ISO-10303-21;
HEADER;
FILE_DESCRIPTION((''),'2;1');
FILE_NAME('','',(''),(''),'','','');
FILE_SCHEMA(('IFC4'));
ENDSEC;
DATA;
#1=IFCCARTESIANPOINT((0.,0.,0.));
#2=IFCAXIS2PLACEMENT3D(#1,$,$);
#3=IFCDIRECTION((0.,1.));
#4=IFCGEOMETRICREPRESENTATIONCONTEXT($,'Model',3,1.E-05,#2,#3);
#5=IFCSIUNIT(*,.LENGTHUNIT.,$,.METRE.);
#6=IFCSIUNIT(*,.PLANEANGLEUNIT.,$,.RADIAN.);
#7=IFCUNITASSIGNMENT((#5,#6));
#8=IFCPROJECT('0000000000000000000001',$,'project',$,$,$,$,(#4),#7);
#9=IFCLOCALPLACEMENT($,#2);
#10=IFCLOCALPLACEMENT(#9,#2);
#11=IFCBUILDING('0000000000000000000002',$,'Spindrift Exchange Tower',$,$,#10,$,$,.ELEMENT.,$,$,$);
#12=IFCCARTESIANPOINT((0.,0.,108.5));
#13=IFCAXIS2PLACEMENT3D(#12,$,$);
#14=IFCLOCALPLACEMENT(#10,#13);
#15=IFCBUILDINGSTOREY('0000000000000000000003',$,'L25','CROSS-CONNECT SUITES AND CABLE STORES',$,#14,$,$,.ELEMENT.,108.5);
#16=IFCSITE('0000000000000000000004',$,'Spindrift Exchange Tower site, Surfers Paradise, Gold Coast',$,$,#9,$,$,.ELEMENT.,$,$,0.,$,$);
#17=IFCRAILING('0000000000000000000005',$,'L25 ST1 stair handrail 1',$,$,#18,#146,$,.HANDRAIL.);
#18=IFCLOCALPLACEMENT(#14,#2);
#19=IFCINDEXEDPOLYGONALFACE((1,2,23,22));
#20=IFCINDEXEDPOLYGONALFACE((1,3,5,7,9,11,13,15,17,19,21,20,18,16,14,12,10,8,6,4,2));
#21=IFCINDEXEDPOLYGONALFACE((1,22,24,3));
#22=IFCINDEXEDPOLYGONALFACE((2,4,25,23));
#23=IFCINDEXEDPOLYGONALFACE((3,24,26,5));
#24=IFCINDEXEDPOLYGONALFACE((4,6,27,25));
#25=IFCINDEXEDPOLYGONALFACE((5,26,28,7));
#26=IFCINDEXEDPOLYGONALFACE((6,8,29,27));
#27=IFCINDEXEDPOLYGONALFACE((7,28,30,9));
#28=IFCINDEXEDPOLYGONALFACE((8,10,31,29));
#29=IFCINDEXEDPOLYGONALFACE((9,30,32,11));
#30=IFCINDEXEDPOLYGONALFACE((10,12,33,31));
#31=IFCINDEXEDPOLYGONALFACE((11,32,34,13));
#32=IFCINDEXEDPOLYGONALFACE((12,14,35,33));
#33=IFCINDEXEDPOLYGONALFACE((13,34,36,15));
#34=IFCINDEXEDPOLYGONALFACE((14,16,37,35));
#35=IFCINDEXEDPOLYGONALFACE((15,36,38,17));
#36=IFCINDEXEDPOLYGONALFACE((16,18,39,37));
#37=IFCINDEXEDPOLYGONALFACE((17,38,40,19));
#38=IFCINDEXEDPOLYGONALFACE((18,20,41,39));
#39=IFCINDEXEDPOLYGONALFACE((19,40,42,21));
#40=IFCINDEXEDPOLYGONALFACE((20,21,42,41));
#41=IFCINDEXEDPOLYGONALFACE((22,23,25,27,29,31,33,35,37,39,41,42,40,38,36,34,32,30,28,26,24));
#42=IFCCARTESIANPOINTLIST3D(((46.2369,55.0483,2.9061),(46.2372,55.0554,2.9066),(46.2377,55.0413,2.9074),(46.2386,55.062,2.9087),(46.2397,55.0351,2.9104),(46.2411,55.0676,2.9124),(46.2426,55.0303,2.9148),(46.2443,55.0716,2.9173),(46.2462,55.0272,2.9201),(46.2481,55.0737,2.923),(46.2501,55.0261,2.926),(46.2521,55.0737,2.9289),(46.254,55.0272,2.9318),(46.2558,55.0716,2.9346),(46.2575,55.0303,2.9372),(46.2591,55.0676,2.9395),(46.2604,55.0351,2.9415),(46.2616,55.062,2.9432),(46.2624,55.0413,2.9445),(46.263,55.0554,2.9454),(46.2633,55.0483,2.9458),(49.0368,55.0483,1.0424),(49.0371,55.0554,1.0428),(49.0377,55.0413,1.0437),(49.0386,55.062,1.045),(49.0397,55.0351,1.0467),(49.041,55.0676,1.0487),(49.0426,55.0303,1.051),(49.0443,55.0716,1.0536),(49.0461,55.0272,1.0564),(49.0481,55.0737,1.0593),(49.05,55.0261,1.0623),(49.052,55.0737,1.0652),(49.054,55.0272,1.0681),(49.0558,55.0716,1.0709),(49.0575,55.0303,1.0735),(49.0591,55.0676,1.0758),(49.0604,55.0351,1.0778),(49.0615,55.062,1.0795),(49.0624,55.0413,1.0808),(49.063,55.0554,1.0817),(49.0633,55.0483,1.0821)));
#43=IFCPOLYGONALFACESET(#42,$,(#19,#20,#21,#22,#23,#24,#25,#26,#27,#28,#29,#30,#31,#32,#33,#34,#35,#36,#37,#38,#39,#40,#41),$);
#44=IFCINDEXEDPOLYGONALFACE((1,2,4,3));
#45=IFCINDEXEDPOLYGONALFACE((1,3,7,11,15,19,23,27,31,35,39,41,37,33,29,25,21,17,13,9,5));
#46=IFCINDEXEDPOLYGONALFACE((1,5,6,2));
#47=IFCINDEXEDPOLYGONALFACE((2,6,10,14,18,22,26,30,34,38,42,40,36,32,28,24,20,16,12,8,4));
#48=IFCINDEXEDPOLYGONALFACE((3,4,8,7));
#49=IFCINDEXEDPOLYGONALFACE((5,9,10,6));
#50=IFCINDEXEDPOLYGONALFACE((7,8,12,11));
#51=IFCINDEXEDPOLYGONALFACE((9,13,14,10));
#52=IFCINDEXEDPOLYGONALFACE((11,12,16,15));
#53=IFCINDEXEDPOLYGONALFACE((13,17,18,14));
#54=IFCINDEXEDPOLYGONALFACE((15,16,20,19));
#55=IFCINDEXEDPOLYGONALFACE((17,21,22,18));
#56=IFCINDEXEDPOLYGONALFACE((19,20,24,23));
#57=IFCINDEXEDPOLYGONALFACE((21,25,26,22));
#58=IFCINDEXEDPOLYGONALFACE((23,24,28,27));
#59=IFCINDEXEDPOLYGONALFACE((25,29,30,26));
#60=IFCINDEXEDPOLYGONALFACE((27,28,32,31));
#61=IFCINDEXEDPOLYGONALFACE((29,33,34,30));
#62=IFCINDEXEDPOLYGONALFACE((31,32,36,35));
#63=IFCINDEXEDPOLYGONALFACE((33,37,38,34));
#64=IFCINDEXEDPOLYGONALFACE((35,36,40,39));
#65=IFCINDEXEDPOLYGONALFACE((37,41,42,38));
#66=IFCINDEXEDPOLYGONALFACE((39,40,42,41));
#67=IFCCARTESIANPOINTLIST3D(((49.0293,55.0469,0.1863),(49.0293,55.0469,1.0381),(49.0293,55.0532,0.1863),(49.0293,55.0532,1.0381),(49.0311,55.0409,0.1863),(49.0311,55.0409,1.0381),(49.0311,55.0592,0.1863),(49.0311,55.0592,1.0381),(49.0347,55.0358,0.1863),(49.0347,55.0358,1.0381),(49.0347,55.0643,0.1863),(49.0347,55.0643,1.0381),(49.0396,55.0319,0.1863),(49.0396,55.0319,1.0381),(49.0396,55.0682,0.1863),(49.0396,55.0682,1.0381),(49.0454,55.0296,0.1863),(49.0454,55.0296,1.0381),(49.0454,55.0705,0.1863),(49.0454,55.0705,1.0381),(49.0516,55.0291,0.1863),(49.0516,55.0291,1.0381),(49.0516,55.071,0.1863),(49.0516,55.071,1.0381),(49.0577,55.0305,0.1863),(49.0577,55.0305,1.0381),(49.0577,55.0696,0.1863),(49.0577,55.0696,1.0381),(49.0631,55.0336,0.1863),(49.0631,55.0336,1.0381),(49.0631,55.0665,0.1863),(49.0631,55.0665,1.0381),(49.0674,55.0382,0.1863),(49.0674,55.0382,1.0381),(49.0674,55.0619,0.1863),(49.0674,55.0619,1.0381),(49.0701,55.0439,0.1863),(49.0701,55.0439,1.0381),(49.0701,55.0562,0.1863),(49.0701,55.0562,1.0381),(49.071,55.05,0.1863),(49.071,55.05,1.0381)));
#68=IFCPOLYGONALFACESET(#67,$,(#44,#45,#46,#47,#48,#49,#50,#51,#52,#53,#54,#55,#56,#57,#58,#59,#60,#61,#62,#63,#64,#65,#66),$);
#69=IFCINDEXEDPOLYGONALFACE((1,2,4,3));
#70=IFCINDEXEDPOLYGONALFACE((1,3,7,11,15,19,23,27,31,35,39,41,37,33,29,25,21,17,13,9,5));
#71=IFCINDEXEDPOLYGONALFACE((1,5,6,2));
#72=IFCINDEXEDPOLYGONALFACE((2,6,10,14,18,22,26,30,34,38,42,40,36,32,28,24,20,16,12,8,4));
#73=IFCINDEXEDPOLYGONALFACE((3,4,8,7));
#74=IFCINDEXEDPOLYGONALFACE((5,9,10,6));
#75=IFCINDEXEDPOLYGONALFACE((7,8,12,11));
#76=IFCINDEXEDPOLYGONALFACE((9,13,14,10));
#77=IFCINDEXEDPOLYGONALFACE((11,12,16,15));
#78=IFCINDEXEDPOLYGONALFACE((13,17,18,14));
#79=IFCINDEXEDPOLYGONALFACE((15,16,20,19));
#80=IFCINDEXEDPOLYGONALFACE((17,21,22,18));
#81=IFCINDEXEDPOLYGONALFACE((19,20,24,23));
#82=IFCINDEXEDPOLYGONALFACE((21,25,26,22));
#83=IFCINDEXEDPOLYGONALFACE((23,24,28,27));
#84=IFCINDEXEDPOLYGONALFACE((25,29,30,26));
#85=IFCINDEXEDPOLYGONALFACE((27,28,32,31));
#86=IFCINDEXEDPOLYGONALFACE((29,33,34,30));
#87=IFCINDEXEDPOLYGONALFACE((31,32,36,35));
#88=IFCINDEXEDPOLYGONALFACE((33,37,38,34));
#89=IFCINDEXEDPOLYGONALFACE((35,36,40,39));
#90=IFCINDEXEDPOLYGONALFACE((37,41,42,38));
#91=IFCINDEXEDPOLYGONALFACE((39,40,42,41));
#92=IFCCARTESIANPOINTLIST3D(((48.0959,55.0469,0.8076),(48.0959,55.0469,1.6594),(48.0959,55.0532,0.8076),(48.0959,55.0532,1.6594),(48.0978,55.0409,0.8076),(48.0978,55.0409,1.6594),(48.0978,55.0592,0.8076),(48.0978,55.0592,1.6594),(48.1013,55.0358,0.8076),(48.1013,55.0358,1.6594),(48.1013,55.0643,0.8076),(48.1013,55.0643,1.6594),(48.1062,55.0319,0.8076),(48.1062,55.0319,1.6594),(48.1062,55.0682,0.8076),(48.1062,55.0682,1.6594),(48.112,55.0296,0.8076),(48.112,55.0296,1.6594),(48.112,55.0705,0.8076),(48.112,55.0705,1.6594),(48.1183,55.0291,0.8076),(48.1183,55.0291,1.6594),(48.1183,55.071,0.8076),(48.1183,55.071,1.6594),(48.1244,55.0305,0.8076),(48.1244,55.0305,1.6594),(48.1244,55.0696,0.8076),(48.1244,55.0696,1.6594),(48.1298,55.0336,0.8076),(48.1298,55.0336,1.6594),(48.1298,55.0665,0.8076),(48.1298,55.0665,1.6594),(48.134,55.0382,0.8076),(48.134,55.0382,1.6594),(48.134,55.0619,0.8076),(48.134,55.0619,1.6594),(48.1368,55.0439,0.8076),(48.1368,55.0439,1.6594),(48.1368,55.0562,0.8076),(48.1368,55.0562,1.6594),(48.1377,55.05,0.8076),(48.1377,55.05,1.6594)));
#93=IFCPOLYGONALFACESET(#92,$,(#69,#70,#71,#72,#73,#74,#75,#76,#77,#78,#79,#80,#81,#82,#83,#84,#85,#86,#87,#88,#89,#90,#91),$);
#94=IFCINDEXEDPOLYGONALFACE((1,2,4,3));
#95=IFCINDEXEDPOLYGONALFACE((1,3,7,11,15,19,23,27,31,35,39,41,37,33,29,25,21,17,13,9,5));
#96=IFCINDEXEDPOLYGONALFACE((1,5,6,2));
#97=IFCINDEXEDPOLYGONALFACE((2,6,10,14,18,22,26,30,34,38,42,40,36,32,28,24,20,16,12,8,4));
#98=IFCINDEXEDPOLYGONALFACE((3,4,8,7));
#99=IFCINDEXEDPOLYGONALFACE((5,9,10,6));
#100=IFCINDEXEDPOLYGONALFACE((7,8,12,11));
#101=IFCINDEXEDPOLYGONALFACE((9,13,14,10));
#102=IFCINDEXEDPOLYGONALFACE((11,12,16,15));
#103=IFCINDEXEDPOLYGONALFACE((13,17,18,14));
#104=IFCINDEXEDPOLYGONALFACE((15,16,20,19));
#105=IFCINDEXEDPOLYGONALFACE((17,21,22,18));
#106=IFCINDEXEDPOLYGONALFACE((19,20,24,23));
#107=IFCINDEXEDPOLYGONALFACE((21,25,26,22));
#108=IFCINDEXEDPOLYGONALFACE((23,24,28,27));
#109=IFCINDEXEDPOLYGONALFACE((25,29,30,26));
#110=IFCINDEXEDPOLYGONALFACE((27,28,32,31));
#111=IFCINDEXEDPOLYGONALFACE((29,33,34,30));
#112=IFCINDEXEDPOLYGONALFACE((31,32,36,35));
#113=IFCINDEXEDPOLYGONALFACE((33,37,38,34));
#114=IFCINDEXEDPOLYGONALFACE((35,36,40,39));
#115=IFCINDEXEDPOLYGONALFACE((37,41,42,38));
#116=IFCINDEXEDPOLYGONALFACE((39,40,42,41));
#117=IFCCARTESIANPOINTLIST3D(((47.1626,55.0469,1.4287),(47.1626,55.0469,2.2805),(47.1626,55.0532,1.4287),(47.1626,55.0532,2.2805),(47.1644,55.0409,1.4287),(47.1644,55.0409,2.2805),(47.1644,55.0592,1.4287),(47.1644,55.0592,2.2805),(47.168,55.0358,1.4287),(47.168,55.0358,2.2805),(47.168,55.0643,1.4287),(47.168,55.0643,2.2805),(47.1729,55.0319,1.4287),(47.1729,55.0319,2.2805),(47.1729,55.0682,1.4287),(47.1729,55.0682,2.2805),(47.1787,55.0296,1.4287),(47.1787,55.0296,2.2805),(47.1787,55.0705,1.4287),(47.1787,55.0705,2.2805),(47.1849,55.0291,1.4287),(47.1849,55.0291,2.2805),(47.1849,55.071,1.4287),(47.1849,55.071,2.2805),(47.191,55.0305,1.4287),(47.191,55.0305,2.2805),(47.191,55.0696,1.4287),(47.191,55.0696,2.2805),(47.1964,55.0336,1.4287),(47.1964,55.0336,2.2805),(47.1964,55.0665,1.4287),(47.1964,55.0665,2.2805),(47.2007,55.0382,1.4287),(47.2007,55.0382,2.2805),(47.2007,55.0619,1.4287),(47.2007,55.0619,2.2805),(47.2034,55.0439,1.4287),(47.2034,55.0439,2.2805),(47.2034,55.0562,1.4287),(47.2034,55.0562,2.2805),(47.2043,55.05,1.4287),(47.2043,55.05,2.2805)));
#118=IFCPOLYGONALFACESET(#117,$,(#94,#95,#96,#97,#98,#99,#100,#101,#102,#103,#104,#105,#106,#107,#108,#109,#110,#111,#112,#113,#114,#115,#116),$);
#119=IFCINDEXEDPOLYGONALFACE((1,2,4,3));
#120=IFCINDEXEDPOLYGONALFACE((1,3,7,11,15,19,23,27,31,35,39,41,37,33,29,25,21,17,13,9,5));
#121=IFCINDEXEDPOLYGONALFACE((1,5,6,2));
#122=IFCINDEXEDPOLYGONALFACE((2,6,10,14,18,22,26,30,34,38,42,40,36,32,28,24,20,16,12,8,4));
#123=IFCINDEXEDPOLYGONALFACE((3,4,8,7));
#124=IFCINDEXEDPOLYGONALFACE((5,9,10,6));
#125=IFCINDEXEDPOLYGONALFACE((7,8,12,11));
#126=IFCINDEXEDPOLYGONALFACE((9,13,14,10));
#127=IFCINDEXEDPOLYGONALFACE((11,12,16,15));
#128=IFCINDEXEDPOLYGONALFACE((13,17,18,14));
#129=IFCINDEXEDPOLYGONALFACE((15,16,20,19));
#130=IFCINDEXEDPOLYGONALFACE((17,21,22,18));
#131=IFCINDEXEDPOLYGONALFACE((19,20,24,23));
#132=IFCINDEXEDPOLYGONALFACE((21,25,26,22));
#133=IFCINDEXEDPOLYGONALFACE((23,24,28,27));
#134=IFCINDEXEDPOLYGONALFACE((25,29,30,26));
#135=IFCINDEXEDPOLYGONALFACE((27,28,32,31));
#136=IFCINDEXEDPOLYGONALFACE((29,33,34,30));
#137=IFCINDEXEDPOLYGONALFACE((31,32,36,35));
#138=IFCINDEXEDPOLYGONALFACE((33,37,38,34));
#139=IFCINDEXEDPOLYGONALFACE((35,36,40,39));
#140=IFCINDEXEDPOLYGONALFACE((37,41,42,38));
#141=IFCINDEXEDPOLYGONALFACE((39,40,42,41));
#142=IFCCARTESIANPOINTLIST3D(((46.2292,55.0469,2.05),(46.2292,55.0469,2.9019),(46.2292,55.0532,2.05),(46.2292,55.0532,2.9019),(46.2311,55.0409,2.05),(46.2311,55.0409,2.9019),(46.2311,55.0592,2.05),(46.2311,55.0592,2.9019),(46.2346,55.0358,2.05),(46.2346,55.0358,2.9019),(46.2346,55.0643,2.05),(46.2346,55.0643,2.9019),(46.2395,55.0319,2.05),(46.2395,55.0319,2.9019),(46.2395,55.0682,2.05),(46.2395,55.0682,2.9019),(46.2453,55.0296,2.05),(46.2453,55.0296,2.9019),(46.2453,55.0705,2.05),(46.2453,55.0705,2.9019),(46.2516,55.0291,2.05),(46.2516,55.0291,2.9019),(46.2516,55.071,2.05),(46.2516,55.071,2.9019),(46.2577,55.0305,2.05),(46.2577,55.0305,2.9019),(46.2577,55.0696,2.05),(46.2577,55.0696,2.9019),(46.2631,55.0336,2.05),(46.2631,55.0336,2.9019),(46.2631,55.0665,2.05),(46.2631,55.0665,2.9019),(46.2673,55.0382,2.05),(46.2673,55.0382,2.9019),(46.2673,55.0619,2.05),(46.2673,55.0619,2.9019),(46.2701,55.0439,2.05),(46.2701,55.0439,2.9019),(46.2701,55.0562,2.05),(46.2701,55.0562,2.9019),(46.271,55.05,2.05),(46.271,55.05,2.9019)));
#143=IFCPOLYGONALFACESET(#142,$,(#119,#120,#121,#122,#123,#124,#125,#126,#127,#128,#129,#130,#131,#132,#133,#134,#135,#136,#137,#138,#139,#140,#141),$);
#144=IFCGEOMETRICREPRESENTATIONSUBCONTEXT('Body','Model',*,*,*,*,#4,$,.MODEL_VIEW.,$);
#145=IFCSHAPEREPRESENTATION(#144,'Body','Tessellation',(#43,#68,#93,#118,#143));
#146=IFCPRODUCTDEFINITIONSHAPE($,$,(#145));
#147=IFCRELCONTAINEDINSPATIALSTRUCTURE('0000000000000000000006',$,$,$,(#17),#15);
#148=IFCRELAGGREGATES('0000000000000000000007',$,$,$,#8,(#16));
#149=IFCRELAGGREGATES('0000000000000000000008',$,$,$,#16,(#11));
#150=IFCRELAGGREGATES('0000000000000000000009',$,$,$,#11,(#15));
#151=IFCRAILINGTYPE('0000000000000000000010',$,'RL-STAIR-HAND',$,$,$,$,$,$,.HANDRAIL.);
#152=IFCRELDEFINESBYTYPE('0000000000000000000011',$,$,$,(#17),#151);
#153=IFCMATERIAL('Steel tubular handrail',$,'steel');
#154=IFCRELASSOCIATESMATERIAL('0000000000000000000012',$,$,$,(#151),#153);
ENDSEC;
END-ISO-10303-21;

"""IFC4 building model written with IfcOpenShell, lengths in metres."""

from ifc_helpers import new_model, si_unit, direction, frame, origin, origin_2d, place, context, subcontext, project, spatial, circle, extrude, material, type_object, element, save


model = new_model("IFC4")

# Units and contexts
model_context = context("Model", 3, precision=1e-05, world=origin(), true_north=direction((0.0, 1.0)))
body_context = subcontext(model_context, "Body", "Model", "MODEL_VIEW")
ifc_project = project(units=[si_unit("LENGTHUNIT", "METRE"), si_unit("PLANEANGLEUNIT", "RADIAN")], contexts=[model_context])

# Site, building, storey
site_placement = place(None, origin())
site = spatial("IfcSite", under=ifc_project, at=site_placement, Name="Spindrift Exchange Tower site, Surfers Paradise, Gold Coast", CompositionType="ELEMENT", RefElevation=0.0)
building_placement = place(site_placement, origin())
building = spatial("IfcBuilding", under=site, at=building_placement, Name="Spindrift Exchange Tower", CompositionType="ELEMENT")
storey_placement = place(building_placement, frame((0.0, 0.0, 108.5)))
storey = spatial("IfcBuildingStorey", under=building, at=storey_placement, Name="L25", Description="CROSS-CONNECT SUITES AND CABLE STORES", CompositionType="ELEMENT", Elevation=108.5)

# Railing
ifc_material_1 = material(Name="Steel tubular handrail", Category="steel")
railing_type_1 = type_object("IfcRailingType", Name="RL-STAIR-HAND", PredefinedType="HANDRAIL", material=ifc_material_1)
railing_1_placement = place(storey_placement, frame((49.05, 55.05, 0.1863)))
element("IfcRailing", 1, at=railing_1_placement, inside=storey, type_object=railing_type_1, Name="L25 ST1 stair handrail 1", PredefinedType="HANDRAIL", context=body_context, shape_type="SweptSolid", body=[
    extrude(circle(Radius=0.0239, at=origin_2d()), frame((0.0, 0.0, 0.876), z_axis=(-0.832452, 0.0, 0.554097), x_axis=(0.0, -1.0, 0.0)), (0.0, 0.0, 1.0), 3.3635),
    extrude(circle(Radius=0.021, at=origin_2d()), origin(), (0.0, 0.0, 1.0), 0.8518),
    extrude(circle(Radius=0.021, at=origin_2d()), frame((-0.9333, 0.0, 0.6213)), (0.0, 0.0, 1.0), 0.8518),
    extrude(circle(Radius=0.021, at=origin_2d()), frame((-1.8667, 0.0, 1.2424)), (0.0, 0.0, 1.0), 0.8518),
    extrude(circle(Radius=0.021, at=origin_2d()), frame((-2.8, 0.0, 1.8638)), (0.0, 0.0, 1.0), 0.8518),
])

save(model, "model.ifc")
